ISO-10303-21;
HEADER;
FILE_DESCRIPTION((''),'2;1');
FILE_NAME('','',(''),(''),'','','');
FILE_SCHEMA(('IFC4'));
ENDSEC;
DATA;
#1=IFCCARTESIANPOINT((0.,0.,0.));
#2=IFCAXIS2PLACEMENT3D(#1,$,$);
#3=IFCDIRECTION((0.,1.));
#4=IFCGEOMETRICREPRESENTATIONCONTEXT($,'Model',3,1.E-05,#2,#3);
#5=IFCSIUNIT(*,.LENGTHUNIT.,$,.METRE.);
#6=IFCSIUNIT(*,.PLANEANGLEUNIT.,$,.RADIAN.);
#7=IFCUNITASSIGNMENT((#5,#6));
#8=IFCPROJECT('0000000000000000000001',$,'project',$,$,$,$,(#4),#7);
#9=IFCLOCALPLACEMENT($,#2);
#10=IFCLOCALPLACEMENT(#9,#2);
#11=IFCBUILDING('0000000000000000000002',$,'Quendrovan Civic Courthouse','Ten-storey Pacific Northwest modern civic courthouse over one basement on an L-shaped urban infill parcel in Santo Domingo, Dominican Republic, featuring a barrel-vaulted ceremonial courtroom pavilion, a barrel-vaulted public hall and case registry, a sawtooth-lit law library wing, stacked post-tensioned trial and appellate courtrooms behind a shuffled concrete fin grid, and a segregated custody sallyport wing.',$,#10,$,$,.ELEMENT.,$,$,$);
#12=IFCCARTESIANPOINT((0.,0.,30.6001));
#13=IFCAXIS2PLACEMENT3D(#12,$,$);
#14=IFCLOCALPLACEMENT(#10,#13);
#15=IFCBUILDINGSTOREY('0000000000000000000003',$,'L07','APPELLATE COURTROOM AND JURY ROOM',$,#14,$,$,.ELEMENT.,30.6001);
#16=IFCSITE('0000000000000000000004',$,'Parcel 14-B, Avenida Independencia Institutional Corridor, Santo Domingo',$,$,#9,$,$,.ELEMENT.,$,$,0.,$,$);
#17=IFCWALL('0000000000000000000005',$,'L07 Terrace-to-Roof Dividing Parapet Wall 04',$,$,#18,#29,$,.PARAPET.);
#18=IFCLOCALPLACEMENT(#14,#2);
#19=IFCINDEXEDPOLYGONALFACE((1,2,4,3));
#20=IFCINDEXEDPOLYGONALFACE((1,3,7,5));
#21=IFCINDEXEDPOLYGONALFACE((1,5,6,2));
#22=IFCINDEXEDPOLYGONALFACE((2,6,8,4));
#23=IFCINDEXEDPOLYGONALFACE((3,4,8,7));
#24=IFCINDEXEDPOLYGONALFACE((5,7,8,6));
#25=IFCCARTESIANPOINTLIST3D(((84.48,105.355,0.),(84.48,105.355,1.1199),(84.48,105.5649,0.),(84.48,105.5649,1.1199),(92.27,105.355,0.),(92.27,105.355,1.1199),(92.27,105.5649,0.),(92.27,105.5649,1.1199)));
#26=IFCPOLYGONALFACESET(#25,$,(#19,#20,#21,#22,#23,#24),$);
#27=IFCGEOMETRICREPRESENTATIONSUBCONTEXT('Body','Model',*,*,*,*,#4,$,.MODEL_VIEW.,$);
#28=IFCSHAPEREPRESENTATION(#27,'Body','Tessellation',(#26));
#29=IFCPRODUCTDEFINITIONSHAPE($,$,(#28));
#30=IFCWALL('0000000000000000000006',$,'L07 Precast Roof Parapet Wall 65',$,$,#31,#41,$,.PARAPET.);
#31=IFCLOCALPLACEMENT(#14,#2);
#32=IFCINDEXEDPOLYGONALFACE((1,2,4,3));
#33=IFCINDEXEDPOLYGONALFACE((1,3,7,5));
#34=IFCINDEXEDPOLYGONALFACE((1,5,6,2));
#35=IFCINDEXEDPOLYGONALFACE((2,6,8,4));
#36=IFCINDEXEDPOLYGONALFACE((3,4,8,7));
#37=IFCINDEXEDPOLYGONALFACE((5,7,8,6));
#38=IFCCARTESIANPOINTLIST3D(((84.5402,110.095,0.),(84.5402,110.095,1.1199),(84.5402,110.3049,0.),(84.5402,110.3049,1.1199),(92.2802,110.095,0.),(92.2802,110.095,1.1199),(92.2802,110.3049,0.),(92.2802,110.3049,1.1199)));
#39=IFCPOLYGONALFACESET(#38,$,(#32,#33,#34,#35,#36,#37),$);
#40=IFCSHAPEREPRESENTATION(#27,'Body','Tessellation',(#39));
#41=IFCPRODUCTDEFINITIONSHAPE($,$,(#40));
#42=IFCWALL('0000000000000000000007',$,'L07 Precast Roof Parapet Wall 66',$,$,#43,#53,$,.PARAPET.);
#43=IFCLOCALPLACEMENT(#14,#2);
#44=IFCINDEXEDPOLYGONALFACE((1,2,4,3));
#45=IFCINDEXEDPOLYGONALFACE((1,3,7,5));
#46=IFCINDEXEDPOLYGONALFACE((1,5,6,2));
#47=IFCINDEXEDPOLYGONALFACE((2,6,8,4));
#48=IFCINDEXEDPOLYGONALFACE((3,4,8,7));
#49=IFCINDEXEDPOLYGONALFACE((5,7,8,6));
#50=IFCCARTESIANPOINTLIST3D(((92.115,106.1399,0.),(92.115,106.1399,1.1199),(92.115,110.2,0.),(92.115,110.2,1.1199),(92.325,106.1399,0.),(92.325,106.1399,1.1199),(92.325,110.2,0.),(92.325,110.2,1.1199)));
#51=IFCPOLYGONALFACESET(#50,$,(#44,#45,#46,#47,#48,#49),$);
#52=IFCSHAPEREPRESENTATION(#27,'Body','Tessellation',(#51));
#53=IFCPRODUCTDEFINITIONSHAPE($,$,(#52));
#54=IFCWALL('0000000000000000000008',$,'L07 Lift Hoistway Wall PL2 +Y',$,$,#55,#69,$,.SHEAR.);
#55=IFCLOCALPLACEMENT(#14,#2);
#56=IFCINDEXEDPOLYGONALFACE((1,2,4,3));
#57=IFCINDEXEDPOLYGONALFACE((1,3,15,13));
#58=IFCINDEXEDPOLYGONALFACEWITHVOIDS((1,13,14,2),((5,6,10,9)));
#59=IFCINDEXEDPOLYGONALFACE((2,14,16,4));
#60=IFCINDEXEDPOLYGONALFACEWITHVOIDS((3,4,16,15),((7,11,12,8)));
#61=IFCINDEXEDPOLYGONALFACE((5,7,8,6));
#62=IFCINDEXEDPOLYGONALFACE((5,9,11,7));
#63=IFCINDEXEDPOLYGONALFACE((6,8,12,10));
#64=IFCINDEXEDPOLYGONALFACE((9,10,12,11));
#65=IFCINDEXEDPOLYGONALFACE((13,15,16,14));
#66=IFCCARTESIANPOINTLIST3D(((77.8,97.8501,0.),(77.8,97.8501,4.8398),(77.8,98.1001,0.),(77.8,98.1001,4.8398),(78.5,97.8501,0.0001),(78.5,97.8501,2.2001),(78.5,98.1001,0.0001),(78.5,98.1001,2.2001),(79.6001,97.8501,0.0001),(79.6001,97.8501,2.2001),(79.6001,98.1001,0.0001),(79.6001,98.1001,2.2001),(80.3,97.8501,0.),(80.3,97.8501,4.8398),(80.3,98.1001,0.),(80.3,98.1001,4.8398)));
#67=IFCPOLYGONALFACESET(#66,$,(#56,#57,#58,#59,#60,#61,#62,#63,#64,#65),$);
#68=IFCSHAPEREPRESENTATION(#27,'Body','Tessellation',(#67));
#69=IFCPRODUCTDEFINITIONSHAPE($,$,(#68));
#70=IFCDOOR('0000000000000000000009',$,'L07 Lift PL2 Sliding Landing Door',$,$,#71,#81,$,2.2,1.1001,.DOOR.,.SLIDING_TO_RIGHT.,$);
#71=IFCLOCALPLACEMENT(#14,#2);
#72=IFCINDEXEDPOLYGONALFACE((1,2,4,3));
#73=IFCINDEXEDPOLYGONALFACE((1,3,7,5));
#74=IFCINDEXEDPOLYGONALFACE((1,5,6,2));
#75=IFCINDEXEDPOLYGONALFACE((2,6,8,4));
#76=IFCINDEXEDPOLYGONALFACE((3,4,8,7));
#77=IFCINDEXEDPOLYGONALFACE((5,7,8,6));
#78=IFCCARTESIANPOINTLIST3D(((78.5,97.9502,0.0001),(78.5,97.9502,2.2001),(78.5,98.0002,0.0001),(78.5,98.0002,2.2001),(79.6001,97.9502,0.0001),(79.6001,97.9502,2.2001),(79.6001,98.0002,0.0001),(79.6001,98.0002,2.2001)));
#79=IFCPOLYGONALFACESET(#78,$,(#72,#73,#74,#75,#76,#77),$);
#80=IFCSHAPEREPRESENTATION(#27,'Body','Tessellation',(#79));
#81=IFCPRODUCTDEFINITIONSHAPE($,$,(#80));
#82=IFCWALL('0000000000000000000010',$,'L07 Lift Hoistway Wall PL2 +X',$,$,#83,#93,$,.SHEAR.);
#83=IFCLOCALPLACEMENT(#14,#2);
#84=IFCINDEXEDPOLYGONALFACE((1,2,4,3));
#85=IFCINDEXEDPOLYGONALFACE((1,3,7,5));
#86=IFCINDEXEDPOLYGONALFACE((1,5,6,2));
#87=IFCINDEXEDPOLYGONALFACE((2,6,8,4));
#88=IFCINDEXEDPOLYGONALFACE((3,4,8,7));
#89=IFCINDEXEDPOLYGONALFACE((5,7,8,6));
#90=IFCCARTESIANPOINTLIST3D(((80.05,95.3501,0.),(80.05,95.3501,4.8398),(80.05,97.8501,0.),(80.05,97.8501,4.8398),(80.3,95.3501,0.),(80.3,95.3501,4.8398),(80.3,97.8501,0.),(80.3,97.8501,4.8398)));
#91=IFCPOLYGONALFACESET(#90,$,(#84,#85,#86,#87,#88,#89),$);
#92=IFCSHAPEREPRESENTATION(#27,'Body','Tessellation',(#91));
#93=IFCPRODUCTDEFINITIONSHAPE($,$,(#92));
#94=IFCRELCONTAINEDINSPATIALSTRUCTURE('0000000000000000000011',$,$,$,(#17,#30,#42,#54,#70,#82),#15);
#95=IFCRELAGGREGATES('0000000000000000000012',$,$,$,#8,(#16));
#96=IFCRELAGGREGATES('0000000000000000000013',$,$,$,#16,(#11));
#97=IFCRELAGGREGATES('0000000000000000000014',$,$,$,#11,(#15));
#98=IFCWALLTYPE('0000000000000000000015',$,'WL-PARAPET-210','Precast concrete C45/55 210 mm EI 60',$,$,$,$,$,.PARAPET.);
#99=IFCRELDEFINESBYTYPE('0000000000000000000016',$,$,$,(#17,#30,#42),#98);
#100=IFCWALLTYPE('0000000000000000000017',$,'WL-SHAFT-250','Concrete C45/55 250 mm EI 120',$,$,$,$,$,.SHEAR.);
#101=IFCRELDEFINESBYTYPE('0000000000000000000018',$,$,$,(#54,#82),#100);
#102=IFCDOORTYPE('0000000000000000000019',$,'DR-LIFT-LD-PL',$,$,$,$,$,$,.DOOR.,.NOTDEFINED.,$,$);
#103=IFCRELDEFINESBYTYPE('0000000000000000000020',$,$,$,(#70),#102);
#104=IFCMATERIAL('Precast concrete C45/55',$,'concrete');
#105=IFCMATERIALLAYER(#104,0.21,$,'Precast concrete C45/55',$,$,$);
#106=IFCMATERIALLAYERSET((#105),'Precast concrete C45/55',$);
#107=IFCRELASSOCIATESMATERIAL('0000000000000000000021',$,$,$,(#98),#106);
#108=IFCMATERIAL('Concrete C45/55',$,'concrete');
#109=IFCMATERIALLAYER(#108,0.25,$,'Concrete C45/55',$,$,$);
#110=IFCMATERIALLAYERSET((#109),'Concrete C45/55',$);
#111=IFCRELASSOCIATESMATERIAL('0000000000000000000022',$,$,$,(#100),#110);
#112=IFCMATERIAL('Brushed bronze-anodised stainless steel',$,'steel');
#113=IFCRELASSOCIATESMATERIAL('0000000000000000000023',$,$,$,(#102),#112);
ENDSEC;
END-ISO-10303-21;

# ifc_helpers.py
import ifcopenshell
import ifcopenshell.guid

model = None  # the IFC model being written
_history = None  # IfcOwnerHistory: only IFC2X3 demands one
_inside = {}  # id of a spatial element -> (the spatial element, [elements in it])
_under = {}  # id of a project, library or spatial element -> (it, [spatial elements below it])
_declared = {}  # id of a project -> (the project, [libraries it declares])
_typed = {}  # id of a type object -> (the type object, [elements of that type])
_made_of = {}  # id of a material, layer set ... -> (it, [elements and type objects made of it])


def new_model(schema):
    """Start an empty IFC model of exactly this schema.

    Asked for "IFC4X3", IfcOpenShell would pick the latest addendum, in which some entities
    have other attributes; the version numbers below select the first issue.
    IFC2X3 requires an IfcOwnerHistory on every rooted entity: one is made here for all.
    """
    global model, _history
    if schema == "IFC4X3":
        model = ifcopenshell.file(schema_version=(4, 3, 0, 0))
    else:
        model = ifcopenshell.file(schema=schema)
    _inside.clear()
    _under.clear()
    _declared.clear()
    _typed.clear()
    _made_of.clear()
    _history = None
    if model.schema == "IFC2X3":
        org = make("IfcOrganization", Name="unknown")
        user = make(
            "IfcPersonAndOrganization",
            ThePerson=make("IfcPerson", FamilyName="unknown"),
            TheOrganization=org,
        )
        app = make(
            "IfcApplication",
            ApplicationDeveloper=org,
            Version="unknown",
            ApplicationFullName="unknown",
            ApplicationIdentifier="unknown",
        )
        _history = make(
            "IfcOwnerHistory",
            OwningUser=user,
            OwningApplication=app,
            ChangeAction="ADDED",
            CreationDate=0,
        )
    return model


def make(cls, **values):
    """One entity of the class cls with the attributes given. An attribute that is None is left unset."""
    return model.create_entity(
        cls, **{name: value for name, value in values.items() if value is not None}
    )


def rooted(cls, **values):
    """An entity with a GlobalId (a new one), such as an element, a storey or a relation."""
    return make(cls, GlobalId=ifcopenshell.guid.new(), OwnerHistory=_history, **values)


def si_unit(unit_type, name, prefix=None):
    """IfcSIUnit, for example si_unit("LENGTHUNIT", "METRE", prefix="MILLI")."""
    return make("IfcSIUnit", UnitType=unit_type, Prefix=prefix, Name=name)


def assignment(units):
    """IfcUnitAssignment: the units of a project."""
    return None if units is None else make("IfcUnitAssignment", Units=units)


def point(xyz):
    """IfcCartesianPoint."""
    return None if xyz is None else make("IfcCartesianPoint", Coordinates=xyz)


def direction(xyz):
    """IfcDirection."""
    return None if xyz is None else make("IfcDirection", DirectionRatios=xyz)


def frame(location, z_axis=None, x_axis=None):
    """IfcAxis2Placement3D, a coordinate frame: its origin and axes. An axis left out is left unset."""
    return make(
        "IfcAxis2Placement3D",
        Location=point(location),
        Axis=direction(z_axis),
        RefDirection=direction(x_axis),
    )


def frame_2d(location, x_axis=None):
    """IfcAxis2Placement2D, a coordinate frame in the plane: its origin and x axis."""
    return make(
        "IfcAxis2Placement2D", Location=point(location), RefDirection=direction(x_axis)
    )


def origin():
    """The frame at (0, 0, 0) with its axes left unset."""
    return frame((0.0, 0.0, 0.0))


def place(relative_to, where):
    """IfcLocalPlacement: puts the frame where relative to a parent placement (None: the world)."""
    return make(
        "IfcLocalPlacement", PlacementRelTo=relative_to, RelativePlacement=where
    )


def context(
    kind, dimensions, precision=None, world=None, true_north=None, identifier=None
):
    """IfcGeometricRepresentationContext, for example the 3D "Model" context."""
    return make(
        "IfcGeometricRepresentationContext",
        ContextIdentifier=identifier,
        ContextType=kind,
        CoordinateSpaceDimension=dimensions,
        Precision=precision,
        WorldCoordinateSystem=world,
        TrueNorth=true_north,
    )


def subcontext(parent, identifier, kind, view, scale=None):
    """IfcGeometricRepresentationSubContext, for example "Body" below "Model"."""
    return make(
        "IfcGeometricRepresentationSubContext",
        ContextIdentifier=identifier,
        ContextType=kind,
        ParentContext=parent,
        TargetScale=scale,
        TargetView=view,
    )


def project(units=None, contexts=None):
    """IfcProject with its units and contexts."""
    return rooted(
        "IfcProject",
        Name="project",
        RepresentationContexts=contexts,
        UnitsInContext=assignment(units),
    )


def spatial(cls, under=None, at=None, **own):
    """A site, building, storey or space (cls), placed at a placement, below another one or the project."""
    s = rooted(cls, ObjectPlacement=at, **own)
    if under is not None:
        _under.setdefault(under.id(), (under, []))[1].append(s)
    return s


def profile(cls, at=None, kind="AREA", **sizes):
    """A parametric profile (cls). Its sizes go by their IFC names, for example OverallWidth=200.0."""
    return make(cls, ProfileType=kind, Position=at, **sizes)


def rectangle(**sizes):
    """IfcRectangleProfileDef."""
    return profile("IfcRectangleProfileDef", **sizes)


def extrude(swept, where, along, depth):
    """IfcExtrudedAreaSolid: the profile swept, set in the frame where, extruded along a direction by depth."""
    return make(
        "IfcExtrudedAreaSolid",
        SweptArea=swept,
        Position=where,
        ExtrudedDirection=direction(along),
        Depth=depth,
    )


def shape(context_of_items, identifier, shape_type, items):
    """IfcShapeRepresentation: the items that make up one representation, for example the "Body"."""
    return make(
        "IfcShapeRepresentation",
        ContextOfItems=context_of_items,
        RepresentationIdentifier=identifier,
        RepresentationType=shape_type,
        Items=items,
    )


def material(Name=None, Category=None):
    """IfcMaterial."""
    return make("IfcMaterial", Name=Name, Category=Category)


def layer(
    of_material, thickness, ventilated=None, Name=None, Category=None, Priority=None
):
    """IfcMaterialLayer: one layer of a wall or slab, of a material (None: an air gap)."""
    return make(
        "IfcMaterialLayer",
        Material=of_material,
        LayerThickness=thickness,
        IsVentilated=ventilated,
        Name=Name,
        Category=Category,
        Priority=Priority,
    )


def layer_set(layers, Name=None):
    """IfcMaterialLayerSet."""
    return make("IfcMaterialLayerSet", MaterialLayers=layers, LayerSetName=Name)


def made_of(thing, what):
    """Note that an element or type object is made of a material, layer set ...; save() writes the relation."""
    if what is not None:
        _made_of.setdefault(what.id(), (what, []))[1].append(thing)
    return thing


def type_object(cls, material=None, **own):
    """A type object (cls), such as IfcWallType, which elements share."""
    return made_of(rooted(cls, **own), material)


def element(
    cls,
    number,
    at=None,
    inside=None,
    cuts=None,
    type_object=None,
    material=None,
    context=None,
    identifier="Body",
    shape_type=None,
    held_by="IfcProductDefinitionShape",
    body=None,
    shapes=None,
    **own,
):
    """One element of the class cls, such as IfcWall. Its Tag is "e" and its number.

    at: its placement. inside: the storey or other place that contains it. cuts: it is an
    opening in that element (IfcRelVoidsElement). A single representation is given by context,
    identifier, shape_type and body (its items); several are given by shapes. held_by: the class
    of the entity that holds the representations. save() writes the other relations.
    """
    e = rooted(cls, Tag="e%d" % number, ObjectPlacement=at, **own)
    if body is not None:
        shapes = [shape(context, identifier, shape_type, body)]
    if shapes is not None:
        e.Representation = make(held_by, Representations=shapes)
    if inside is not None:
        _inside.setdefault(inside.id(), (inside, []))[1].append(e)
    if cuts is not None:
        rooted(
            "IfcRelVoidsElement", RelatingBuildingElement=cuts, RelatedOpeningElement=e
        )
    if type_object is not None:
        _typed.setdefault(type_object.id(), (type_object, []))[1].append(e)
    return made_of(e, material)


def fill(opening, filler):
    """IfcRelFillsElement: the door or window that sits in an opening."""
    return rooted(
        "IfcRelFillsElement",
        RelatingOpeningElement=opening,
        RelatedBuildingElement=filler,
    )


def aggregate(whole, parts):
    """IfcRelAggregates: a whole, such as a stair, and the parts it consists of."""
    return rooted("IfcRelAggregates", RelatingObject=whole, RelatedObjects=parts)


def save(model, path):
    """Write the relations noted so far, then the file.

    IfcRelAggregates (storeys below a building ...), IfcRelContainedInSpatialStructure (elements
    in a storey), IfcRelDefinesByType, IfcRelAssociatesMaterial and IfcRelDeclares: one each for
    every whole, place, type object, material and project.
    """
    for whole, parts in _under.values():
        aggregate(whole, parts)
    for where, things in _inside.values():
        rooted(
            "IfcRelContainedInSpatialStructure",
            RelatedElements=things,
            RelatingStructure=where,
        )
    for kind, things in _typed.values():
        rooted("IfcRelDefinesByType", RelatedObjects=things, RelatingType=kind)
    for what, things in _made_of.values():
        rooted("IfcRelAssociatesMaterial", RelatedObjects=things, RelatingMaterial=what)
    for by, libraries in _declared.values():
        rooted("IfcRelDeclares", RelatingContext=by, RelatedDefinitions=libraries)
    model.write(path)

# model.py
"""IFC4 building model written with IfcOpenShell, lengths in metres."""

from ifc_helpers import new_model, si_unit, direction, frame, frame_2d, origin, place, context, subcontext, project, spatial, rectangle, extrude, material, layer, layer_set, type_object, element, fill, save


model = new_model("IFC4")

# Units and contexts
model_context = context("Model", 3, precision=1e-05, world=origin(), true_north=direction((0.0, 1.0)))
body_context = subcontext(model_context, "Body", "Model", "MODEL_VIEW")
ifc_project = project(units=[si_unit("LENGTHUNIT", "METRE"), si_unit("PLANEANGLEUNIT", "RADIAN")], contexts=[model_context])

# Site, building, storey
site_placement = place(None, origin())
site = spatial("IfcSite", under=ifc_project, at=site_placement, Name="Parcel 14-B, Avenida Independencia Institutional Corridor, Santo Domingo", CompositionType="ELEMENT", RefElevation=0.0)
building_placement = place(site_placement, origin())
building = spatial("IfcBuilding", under=site, at=building_placement, Name="Quendrovan Civic Courthouse", Description="Ten-storey Pacific Northwest modern civic courthouse over one basement on an L-shaped urban infill parcel in Santo Domingo, Dominican Republic, featuring a barrel-vaulted ceremonial courtroom pavilion, a barrel-vaulted public hall and case registry, a sawtooth-lit law library wing, stacked post-tensioned trial and appellate courtrooms behind a shuffled concrete fin grid, and a segregated custody sallyport wing.", CompositionType="ELEMENT")
storey_placement = place(building_placement, frame((0.0, 0.0, 30.6001)))
storey = spatial("IfcBuildingStorey", under=building, at=storey_placement, Name="L07", Description="APPELLATE COURTROOM AND JURY ROOM", CompositionType="ELEMENT", Elevation=30.6001)

# Shared definitions
ifc_material_1 = material(Name="Concrete C45/55", Category="concrete")

# Shared definitions
ifc_material_2 = material(Name="Precast concrete C45/55", Category="concrete")

# Walls
ifc_layer_1 = layer(ifc_material_2, 0.21, Name="Precast concrete C45/55")
ifc_layer_set_1 = layer_set([ifc_layer_1], Name="Precast concrete C45/55")
wall_type_1 = type_object("IfcWallType", Name="WL-PARAPET-210", Description="Precast concrete C45/55 210 mm EI 60", PredefinedType="PARAPET", material=ifc_layer_set_1)
wall_1_placement = place(storey_placement, frame((92.27, 105.46, 0.0), z_axis=(0.0, 0.0, 1.0), x_axis=(-1.0, 0.0, 0.0)))
element("IfcWall", 1, at=wall_1_placement, inside=storey, type_object=wall_type_1, Name="L07 Terrace-to-Roof Dividing Parapet Wall 04", PredefinedType="PARAPET", context=body_context, shape_type="SweptSolid", body=[
    extrude(rectangle(XDim=7.79, YDim=0.21, at=frame_2d((3.895, 0.0))), origin(), (0.0, 0.0, 1.0), 1.1199),
])
wall_2_placement = place(storey_placement, frame((84.54, 110.2, 0.0), z_axis=(0.0, 0.0, 1.0), x_axis=(1.0, 0.0, 0.0)))
element("IfcWall", 2, at=wall_2_placement, inside=storey, type_object=wall_type_1, Name="L07 Precast Roof Parapet Wall 65", PredefinedType="PARAPET", context=body_context, shape_type="SweptSolid", body=[
    extrude(rectangle(XDim=7.74, YDim=0.21, at=frame_2d((3.8701, 0.0))), origin(), (0.0, 0.0, 1.0), 1.1199),
])
wall_3_placement = place(storey_placement, frame((92.22, 110.2, 0.0), z_axis=(0.0, 0.0, 1.0), x_axis=(0.0, -1.0, 0.0)))
element("IfcWall", 3, at=wall_3_placement, inside=storey, type_object=wall_type_1, Name="L07 Precast Roof Parapet Wall 66", PredefinedType="PARAPET", context=body_context, shape_type="SweptSolid", body=[
    extrude(rectangle(XDim=4.0601, YDim=0.21, at=frame_2d((2.03, 0.0))), origin(), (0.0, 0.0, 1.0), 1.1199),
])

# Wall, opening, door
ifc_layer_2 = layer(ifc_material_1, 0.25, Name="Concrete C45/55")
ifc_layer_set_2 = layer_set([ifc_layer_2], Name="Concrete C45/55")
wall_type_2 = type_object("IfcWallType", Name="WL-SHAFT-250", Description="Concrete C45/55 250 mm EI 120", PredefinedType="SHEAR", material=ifc_layer_set_2)
wall_4_placement = place(storey_placement, frame((80.3, 97.9751, 0.0), z_axis=(0.0, 0.0, 1.0), x_axis=(-1.0, 0.0, 0.0)))
wall_4 = element("IfcWall", 4, at=wall_4_placement, inside=storey, type_object=wall_type_2, Name="L07 Lift Hoistway Wall PL2 +Y", PredefinedType="SHEAR", context=body_context, shape_type="SweptSolid", body=[
    extrude(rectangle(XDim=2.5, YDim=0.25, at=frame_2d((1.25, 0.0))), origin(), (0.0, 0.0, 1.0), 4.8398),
])
opening_1_placement = place(wall_4_placement, frame((0.7, 0.0, 0.0)))
opening_1 = element("IfcOpeningElement", 5, at=opening_1_placement, cuts=wall_4, PredefinedType="OPENING", context=body_context, shape_type="SweptSolid", body=[
    extrude(rectangle(XDim=1.1001, YDim=2.2, at=frame_2d((0.55, 1.1001))), frame((0.0, 0.135, 0.0), z_axis=(0.0, -1.0, 0.0), x_axis=(1.0, 0.0, 0.0)), (0.0, 0.0, 1.0), 0.27),
])
ifc_material_3 = material(Name="Brushed bronze-anodised stainless steel", Category="steel")
door_type_1 = type_object("IfcDoorType", Name="DR-LIFT-LD-PL", OperationType="NOTDEFINED", PredefinedType="DOOR", material=ifc_material_3)
door_1_placement = place(opening_1_placement, origin())
door_1 = element("IfcDoor", 6, at=door_1_placement, inside=storey, type_object=door_type_1, Name="L07 Lift PL2 Sliding Landing Door", OperationType="SLIDING_TO_RIGHT", OverallHeight=2.2, OverallWidth=1.1001, PredefinedType="DOOR", context=body_context, shape_type="SweptSolid", body=[
    extrude(rectangle(XDim=1.1001, YDim=2.2, at=frame_2d((0.55, 1.1001))), frame((0.0, 0.0249, 0.0), z_axis=(0.0, -1.0, 0.0), x_axis=(1.0, 0.0, 0.0)), (0.0, 0.0, 1.0), 0.05),
])
fill(opening_1, door_1)

# Wall
wall_5_placement = place(storey_placement, frame((80.175, 97.8501, 0.0), z_axis=(0.0, 0.0, 1.0), x_axis=(0.0, -1.0, 0.0)))
element("IfcWall", 7, at=wall_5_placement, inside=storey, type_object=wall_type_2, Name="L07 Lift Hoistway Wall PL2 +X", PredefinedType="SHEAR", context=body_context, shape_type="SweptSolid", body=[
    extrude(rectangle(XDim=2.5, YDim=0.25, at=frame_2d((1.25, 0.0))), origin(), (0.0, 0.0, 1.0), 4.8398),
])

save(model, "model.ifc")
